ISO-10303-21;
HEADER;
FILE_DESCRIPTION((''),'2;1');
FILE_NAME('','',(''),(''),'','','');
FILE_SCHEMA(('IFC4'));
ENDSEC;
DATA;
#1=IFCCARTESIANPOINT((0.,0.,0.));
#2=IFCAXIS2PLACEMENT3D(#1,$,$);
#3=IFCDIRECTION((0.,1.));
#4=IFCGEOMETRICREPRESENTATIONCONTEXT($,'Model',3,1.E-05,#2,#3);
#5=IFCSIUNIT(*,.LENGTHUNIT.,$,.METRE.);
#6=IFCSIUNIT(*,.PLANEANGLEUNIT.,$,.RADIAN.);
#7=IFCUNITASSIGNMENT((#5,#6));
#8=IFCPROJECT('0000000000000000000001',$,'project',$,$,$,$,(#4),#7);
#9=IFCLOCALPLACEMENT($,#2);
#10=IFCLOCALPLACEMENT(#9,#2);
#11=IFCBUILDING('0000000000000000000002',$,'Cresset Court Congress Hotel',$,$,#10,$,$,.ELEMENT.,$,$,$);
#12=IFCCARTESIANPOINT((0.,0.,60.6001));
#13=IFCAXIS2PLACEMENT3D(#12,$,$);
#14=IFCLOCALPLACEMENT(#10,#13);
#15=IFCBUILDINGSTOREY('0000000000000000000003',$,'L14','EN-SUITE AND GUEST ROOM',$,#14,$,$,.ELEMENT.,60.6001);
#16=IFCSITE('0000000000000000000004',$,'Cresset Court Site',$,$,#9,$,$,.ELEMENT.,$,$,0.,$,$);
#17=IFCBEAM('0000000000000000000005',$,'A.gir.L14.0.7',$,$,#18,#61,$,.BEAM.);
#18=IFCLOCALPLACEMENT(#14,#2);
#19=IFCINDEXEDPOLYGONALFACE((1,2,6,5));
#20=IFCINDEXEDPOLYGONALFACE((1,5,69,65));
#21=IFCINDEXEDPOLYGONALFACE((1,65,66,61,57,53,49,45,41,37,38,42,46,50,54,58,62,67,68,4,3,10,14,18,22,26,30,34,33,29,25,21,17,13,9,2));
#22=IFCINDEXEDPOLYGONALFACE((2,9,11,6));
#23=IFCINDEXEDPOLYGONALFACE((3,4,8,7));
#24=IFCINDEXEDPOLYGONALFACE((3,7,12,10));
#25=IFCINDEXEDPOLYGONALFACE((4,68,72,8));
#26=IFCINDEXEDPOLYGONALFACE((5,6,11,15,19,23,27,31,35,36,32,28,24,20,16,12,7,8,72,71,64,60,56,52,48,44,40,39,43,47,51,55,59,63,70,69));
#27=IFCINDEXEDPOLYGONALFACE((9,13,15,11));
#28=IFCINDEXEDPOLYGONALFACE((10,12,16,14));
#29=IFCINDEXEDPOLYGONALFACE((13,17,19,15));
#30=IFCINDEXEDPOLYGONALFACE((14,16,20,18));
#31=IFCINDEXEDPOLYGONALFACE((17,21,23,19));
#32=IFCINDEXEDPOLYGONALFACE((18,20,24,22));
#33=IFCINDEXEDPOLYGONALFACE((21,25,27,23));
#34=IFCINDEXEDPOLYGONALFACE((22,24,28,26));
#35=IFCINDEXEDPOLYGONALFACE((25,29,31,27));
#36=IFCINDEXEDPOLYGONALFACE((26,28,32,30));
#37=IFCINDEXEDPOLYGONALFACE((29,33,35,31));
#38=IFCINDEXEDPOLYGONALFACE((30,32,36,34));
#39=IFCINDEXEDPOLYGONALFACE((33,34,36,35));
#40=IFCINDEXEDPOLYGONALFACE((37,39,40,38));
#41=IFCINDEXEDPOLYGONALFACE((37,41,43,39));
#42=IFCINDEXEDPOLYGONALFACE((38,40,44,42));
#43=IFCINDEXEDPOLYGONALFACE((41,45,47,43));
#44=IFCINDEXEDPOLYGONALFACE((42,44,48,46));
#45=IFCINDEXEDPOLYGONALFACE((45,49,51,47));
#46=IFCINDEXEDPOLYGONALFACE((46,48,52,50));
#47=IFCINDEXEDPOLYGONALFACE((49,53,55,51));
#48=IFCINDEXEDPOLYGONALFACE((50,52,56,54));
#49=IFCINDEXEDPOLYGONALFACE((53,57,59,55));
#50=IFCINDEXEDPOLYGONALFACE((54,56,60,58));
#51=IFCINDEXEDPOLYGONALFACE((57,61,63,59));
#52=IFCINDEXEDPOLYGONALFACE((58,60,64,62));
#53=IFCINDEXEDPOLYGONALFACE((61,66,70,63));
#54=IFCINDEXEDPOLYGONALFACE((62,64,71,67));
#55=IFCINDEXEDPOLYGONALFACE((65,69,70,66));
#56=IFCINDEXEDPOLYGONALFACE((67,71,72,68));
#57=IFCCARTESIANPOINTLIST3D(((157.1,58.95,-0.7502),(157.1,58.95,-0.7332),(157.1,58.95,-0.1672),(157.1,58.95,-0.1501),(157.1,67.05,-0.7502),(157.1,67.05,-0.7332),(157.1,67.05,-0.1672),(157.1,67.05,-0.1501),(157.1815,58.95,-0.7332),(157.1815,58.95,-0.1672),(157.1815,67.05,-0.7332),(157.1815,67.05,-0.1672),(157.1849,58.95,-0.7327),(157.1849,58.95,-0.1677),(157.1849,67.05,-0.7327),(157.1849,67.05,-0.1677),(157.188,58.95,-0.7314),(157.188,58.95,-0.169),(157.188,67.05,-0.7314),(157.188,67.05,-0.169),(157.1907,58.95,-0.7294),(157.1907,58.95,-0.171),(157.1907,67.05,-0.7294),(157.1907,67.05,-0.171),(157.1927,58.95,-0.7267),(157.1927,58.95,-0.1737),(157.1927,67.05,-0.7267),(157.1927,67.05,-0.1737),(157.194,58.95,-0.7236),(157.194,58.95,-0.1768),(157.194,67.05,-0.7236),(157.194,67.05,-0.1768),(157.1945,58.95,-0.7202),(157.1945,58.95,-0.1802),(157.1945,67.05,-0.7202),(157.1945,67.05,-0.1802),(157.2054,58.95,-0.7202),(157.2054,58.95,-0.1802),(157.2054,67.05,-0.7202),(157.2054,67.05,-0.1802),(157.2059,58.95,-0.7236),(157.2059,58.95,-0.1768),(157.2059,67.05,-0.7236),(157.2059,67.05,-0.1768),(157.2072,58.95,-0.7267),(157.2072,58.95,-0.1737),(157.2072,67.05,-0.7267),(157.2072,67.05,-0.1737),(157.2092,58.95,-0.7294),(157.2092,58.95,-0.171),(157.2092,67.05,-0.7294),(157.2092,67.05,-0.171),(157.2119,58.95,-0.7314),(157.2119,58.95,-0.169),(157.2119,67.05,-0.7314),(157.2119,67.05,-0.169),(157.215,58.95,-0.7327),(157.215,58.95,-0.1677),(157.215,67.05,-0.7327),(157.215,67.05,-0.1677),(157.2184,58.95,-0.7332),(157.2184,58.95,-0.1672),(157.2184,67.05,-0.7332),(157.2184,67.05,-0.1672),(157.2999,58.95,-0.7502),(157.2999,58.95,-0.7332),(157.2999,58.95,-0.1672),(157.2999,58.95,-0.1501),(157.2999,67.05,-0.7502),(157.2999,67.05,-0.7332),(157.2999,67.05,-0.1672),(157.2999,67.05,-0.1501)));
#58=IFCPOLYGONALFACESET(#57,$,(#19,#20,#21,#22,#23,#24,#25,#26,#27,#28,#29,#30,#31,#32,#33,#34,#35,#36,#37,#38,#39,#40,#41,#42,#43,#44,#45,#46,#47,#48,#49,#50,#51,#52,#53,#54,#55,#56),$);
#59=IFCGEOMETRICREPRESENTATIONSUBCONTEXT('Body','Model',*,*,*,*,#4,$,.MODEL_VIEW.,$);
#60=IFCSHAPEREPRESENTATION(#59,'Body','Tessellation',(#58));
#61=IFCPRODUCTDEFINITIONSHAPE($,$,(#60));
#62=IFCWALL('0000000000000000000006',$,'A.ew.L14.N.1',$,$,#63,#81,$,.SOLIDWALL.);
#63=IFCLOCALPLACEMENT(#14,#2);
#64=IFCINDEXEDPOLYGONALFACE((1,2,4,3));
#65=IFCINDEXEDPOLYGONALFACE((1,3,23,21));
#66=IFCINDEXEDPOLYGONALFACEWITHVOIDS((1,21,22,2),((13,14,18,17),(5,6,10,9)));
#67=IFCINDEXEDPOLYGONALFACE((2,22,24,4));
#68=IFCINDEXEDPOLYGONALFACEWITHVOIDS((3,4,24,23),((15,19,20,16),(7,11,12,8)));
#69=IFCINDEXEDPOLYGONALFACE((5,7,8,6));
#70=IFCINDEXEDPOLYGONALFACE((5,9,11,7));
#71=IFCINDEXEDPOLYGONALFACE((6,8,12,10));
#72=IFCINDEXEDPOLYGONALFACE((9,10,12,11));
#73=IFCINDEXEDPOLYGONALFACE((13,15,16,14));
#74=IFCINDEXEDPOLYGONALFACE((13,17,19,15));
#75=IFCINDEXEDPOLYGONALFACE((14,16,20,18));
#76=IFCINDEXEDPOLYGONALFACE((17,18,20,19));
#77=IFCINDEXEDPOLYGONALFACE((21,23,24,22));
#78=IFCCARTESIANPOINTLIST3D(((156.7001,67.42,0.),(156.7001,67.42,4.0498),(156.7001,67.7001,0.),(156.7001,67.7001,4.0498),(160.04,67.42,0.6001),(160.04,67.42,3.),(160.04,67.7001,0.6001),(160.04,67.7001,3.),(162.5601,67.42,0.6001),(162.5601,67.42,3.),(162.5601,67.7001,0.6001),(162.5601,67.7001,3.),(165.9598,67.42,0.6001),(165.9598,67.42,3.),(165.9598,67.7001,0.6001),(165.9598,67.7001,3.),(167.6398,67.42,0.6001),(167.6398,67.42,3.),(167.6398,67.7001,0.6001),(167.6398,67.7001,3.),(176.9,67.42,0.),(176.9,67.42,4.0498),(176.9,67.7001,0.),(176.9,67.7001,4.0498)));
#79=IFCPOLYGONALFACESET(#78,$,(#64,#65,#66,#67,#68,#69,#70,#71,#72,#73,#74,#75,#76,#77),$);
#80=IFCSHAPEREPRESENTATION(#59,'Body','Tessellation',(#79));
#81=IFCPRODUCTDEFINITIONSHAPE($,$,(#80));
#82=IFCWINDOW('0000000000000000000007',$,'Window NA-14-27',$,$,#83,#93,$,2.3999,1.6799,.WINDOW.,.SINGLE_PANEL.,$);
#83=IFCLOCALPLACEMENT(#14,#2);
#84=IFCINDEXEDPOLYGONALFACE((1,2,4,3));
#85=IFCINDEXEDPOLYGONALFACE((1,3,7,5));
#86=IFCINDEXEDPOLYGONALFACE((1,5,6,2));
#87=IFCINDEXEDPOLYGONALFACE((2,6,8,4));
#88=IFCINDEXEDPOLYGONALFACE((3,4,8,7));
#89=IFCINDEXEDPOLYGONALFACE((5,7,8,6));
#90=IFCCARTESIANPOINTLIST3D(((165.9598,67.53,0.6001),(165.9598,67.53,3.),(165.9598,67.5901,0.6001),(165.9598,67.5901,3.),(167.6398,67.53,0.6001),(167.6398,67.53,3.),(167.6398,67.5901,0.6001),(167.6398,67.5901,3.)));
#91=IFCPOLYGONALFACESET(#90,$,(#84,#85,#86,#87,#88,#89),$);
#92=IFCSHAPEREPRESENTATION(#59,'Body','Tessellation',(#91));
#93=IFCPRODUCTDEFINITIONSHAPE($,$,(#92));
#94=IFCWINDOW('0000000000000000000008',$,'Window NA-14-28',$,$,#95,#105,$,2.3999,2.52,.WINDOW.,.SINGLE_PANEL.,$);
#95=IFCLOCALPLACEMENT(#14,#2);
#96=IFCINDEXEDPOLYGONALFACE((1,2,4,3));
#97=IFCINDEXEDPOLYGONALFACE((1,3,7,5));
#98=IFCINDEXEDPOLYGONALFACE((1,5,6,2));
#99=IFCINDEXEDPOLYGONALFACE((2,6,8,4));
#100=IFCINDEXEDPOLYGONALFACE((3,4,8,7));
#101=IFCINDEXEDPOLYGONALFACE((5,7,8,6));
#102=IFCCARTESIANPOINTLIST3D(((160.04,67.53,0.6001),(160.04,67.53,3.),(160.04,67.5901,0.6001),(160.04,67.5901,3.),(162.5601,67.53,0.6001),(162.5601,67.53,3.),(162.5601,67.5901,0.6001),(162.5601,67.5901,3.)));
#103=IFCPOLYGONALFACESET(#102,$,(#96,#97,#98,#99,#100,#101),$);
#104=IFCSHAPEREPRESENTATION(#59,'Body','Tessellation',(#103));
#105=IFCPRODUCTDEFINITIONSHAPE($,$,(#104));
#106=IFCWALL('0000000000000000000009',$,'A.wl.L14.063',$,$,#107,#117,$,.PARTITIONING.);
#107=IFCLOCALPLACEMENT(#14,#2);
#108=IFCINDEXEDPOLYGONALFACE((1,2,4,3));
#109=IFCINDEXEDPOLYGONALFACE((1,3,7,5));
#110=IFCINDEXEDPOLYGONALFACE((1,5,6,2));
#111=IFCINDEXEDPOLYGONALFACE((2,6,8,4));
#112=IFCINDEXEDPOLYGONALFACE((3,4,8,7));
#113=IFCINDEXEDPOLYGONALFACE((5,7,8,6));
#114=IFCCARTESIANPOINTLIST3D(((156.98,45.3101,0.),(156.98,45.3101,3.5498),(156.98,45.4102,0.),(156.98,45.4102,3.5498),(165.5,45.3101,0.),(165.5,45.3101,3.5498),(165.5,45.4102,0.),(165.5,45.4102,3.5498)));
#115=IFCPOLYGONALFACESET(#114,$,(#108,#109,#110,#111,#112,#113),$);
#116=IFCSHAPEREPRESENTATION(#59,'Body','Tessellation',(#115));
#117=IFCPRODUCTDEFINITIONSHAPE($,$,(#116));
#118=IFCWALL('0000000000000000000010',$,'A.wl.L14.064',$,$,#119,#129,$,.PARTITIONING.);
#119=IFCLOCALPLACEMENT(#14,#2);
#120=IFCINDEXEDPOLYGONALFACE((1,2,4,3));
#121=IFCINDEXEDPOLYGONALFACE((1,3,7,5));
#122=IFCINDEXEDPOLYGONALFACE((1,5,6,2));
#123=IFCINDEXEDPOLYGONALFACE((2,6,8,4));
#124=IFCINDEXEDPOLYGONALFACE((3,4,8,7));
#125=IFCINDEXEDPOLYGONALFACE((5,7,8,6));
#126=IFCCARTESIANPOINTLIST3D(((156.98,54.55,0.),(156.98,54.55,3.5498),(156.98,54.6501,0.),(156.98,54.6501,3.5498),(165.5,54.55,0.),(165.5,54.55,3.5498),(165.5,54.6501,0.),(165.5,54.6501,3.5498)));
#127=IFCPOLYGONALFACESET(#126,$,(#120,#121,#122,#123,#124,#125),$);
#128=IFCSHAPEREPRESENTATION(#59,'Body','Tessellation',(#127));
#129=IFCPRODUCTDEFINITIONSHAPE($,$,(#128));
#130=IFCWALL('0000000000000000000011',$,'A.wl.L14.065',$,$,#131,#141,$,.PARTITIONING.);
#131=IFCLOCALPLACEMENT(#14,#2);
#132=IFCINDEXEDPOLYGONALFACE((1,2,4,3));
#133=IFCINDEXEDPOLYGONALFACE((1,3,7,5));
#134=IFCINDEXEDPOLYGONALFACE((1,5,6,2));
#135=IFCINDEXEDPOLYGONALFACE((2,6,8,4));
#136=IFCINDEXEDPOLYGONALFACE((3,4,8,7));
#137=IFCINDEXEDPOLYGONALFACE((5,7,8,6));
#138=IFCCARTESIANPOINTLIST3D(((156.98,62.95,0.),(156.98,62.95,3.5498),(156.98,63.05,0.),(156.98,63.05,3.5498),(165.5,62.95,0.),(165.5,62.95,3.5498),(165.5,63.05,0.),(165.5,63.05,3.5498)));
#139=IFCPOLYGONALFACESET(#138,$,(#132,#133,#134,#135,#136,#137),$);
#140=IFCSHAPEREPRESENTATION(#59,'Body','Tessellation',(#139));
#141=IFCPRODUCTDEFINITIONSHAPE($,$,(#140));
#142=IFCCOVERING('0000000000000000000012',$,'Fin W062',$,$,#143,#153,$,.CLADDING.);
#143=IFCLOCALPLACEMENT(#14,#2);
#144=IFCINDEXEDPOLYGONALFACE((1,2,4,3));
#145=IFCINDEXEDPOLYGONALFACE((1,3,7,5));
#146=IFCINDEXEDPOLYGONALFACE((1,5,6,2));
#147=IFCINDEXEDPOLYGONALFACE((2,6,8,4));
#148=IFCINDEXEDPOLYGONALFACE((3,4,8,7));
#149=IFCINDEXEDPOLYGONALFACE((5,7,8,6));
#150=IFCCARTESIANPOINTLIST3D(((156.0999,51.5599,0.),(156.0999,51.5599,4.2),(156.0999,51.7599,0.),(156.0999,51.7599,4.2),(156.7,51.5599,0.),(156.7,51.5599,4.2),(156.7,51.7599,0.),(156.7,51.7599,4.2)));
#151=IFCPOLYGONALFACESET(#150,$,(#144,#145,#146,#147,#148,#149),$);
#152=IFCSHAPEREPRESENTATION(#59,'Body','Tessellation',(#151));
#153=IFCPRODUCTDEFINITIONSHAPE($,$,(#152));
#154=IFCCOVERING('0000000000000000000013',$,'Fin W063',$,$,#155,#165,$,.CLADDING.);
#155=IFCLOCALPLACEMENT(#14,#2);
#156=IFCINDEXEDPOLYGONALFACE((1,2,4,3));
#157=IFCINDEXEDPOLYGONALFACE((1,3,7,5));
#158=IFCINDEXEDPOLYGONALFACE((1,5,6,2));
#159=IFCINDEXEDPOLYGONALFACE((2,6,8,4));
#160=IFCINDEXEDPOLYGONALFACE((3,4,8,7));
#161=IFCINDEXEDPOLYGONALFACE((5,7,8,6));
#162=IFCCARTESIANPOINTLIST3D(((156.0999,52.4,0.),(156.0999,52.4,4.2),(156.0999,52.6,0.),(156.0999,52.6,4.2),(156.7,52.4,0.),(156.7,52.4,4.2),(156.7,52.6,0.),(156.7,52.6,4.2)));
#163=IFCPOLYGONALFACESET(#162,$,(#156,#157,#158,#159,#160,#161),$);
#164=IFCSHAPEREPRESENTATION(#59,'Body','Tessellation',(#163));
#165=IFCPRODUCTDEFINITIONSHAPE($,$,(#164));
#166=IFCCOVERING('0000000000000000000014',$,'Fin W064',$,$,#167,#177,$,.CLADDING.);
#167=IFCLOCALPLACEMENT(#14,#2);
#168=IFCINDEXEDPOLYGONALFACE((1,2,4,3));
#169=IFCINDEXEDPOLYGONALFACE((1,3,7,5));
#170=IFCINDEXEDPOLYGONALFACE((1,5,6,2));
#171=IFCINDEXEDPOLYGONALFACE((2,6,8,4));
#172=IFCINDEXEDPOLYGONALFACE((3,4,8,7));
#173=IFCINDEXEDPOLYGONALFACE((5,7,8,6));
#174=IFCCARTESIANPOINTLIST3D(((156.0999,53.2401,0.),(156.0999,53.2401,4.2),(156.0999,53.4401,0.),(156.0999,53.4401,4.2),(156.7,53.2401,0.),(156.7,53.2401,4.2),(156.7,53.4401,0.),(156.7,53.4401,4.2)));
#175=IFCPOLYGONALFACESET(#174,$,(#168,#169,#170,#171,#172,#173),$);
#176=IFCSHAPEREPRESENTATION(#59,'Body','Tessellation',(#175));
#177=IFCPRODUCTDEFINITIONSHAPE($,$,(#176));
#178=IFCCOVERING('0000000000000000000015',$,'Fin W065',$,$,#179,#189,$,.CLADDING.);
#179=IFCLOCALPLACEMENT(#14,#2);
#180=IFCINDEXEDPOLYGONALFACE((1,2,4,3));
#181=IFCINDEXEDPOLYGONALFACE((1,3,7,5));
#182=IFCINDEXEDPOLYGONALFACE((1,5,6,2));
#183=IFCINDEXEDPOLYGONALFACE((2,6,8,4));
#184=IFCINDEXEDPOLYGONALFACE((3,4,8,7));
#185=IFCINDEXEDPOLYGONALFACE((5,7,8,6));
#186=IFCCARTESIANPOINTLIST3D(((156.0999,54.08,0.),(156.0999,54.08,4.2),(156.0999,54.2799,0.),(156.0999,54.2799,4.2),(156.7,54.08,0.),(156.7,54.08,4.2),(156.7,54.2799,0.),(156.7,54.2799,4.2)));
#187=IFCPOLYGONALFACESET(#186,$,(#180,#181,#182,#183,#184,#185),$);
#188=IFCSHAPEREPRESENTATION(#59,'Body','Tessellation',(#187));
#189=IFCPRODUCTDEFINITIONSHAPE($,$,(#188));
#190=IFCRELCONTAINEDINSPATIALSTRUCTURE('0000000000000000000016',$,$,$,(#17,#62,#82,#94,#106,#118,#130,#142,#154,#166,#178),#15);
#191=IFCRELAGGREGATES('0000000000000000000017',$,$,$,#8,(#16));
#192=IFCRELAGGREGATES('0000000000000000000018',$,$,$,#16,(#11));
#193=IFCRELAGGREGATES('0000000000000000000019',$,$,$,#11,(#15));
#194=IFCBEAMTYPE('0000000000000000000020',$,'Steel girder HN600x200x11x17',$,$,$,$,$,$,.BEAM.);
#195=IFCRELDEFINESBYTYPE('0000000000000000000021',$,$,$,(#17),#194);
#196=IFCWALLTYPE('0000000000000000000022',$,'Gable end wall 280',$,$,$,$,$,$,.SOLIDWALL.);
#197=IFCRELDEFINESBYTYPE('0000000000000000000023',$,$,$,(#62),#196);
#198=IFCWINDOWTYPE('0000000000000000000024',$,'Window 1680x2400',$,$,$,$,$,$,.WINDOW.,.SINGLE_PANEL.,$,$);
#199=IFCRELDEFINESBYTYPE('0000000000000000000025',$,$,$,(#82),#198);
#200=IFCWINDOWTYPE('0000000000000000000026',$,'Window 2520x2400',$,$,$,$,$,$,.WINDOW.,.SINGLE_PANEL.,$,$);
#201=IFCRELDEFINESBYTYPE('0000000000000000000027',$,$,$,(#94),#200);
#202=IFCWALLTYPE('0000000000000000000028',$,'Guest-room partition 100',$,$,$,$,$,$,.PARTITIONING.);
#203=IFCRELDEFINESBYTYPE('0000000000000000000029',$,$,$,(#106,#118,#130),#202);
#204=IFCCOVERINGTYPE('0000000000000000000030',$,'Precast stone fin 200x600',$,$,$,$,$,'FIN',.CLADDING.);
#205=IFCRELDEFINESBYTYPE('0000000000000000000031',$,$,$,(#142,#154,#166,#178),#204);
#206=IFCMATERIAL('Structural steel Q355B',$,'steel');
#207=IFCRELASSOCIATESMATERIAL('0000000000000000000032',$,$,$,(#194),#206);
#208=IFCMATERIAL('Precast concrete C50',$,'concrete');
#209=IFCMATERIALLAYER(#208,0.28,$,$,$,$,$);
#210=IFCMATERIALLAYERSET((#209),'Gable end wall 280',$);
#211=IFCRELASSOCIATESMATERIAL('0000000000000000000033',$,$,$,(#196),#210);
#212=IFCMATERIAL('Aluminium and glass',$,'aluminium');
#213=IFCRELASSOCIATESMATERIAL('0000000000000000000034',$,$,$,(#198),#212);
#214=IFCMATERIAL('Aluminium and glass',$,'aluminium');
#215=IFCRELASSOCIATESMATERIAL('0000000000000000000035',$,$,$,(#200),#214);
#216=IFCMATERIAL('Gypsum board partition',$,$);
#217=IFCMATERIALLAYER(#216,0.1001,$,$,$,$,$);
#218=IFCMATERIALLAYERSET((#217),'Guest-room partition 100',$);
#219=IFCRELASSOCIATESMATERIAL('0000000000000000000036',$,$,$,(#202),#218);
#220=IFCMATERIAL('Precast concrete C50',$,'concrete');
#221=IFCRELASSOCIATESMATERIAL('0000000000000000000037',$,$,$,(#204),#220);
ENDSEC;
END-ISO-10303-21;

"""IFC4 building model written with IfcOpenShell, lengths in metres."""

from ifc_helpers import new_model, si_unit, direction, frame, frame_2d, origin, origin_2d, place, context, subcontext, project, spatial, rectangle, i_section, extrude, material, layer, layer_set, material_profile, profile_set, type_object, element, fill, save


model = new_model("IFC4")

# Units and contexts
model_context = context("Model", 3, precision=1e-05, world=origin(), true_north=direction((0.0, 1.0)))
body_context = subcontext(model_context, "Body", "Model", "MODEL_VIEW")
ifc_project = project(units=[si_unit("LENGTHUNIT", "METRE"), si_unit("PLANEANGLEUNIT", "RADIAN")], contexts=[model_context])

# Site, building, storey
site_placement = place(None, origin())
site = spatial("IfcSite", under=ifc_project, at=site_placement, Name="Cresset Court Site", CompositionType="ELEMENT", RefElevation=0.0)
building_placement = place(site_placement, origin())
building = spatial("IfcBuilding", under=site, at=building_placement, Name="Cresset Court Congress Hotel", CompositionType="ELEMENT")
storey_placement = place(building_placement, frame((0.0, 0.0, 60.6001)))
storey = spatial("IfcBuildingStorey", under=building, at=storey_placement, Name="L14", Description="EN-SUITE AND GUEST ROOM", CompositionType="ELEMENT", Elevation=60.6001)

# Beam
ifc_material_1 = material(Name="Structural steel Q355B", Category="steel")
ifc_material_profile_1 = material_profile(ifc_material_1, i_section(OverallWidth=0.2, OverallDepth=0.6001, WebThickness=0.011, FlangeThickness=0.0171, FilletRadius=0.0129, at=origin_2d()), Name="HN600x200x11x17")
ifc_profile_set_1 = profile_set([ifc_material_profile_1], Name="Structural steel Q355B")
beam_type_1 = type_object("IfcBeamType", Name="Steel girder HN600x200x11x17", PredefinedType="BEAM", material=ifc_profile_set_1)
beam_1_placement = place(storey_placement, frame((157.2, 58.95, -0.4502), z_axis=(0.0, 1.0, 0.0), x_axis=(-1.0, 0.0, 0.0)))
element("IfcBeam", 1, at=beam_1_placement, inside=storey, type_object=beam_type_1, Name="A.gir.L14.0.7", PredefinedType="BEAM", context=body_context, shape_type="SweptSolid", body=[
    extrude(i_section(OverallWidth=0.2, OverallDepth=0.6001, WebThickness=0.011, FlangeThickness=0.0171, FilletRadius=0.0129, at=origin_2d()), origin(), (0.0, 0.0, 1.0), 8.1001),
])

# Wall, openings, windows
ifc_material_2 = material(Name="Precast concrete C50", Category="concrete")
ifc_layer_1 = layer(ifc_material_2, 0.28)
ifc_layer_set_1 = layer_set([ifc_layer_1], Name="Gable end wall 280")
wall_type_1 = type_object("IfcWallType", Name="Gable end wall 280", PredefinedType="SOLIDWALL", material=ifc_layer_set_1)
wall_placement = place(storey_placement, frame((156.7, 67.5601, 0.0), z_axis=(0.0, 0.0, 1.0), x_axis=(1.0, 0.0, 0.0)))
wall = element("IfcWall", 2, at=wall_placement, inside=storey, type_object=wall_type_1, Name="A.ew.L14.N.1", PredefinedType="SOLIDWALL", context=body_context, shape_type="SweptSolid", body=[
    extrude(rectangle(XDim=20.2, YDim=0.28, at=frame_2d((10.1001, 0.0))), origin(), (0.0, 0.0, 1.0), 4.0498),
])
opening_1_placement = place(wall_placement, frame((9.26, 0.0, 0.6001)))
opening_1 = element("IfcOpeningElement", 3, at=opening_1_placement, cuts=wall, PredefinedType="OPENING", context=body_context, shape_type="SweptSolid", body=[
    extrude(rectangle(XDim=1.6799, YDim=2.3999, at=frame_2d((0.8398, 1.2))), frame((0.0, 0.1499, 0.0), z_axis=(0.0, -1.0, 0.0), x_axis=(1.0, 0.0, 0.0)), (0.0, 0.0, 1.0), 0.3),
])
opening_2_placement = place(wall_placement, frame((3.3401, 0.0, 0.6001)))
opening_2 = element("IfcOpeningElement", 4, at=opening_2_placement, cuts=wall, PredefinedType="OPENING", context=body_context, shape_type="SweptSolid", body=[
    extrude(rectangle(XDim=2.52, YDim=2.3999, at=frame_2d((1.26, 1.2))), frame((0.0, 0.1499, 0.0), z_axis=(0.0, -1.0, 0.0), x_axis=(1.0, 0.0, 0.0)), (0.0, 0.0, 1.0), 0.3),
])
ifc_material_3 = material(Name="Aluminium and glass", Category="aluminium")
window_type_1 = type_object("IfcWindowType", Name="Window 1680x2400", PartitioningType="SINGLE_PANEL", PredefinedType="WINDOW", material=ifc_material_3)
window_1_placement = place(opening_1_placement, origin())
window_1 = element("IfcWindow", 5, at=window_1_placement, inside=storey, type_object=window_type_1, Name="Window NA-14-27", OverallHeight=2.3999, OverallWidth=1.6799, PartitioningType="SINGLE_PANEL", PredefinedType="WINDOW", context=body_context, shape_type="SweptSolid", body=[
    extrude(rectangle(XDim=1.6799, YDim=2.3999, at=frame_2d((0.8398, 1.2))), frame((0.0, 0.03, 0.0), z_axis=(0.0, -1.0, 0.0), x_axis=(1.0, 0.0, 0.0)), (0.0, 0.0, 1.0), 0.0601),
])
fill(opening_1, window_1)
ifc_material_4 = material(Name="Aluminium and glass", Category="aluminium")
window_type_2 = type_object("IfcWindowType", Name="Window 2520x2400", PartitioningType="SINGLE_PANEL", PredefinedType="WINDOW", material=ifc_material_4)
window_2_placement = place(opening_2_placement, origin())
window_2 = element("IfcWindow", 6, at=window_2_placement, inside=storey, type_object=window_type_2, Name="Window NA-14-28", OverallHeight=2.3999, OverallWidth=2.52, PartitioningType="SINGLE_PANEL", PredefinedType="WINDOW", context=body_context, shape_type="SweptSolid", body=[
    extrude(rectangle(XDim=2.52, YDim=2.3999, at=frame_2d((1.26, 1.2))), frame((0.0, 0.03, 0.0), z_axis=(0.0, -1.0, 0.0), x_axis=(1.0, 0.0, 0.0)), (0.0, 0.0, 1.0), 0.0601),
])
fill(opening_2, window_2)

# Walls
ifc_material_5 = material(Name="Gypsum board partition")
ifc_layer_2 = layer(ifc_material_5, 0.1001)
ifc_layer_set_2 = layer_set([ifc_layer_2], Name="Guest-room partition 100")
wall_type_2 = type_object("IfcWallType", Name="Guest-room partition 100", PredefinedType="PARTITIONING", material=ifc_layer_set_2)
for number, where, z_axis, x_axis, name in (
    (7, (156.98, 45.3601, 0.0), (0.0, 0.0, 1.0), (1.0, 0.0, 0.0), "A.wl.L14.063"),
    (8, (156.98, 54.6001, 0.0), (0.0, 0.0, 1.0), (1.0, 0.0, 0.0), "A.wl.L14.064"),
    (9, (156.98, 63.0, 0.0), (0.0, 0.0, 1.0), (1.0, 0.0, 0.0), "A.wl.L14.065"),
):
    element("IfcWall", number, at=place(storey_placement, frame(where, z_axis=z_axis, x_axis=x_axis)), inside=storey, type_object=wall_type_2, Name=name, PredefinedType="PARTITIONING", context=body_context, shape_type="SweptSolid", body=[
        extrude(rectangle(XDim=8.52, YDim=0.1001, at=frame_2d((4.26, 0.0))), origin(), (0.0, 0.0, 1.0), 3.5498),
    ])

# Coverings
ifc_material_6 = material(Name="Precast concrete C50", Category="concrete")
covering_type = type_object("IfcCoveringType", Name="Precast stone fin 200x600", ElementType="FIN", PredefinedType="CLADDING", material=ifc_material_6)
for number, where, z_axis, x_axis, name in (
    (10, (156.3999, 51.6599, 0.0), (0.0, 0.0, 1.0), (1.0, 0.0, 0.0), "Fin W062"),
    (11, (156.3999, 52.5, 0.0), (0.0, 0.0, 1.0), (1.0, 0.0, 0.0), "Fin W063"),
    (12, (156.3999, 53.3401, 0.0), (0.0, 0.0, 1.0), (1.0, 0.0, 0.0), "Fin W064"),
    (13, (156.3999, 54.1799, 0.0), (0.0, 0.0, 1.0), (1.0, 0.0, 0.0), "Fin W065"),
):
    element("IfcCovering", number, at=place(storey_placement, frame(where, z_axis=z_axis, x_axis=x_axis)), inside=storey, type_object=covering_type, Name=name, PredefinedType="CLADDING", context=body_context, shape_type="SweptSolid", body=[
        extrude(rectangle(XDim=0.6001, YDim=0.2, at=origin_2d()), origin(), (0.0, 0.0, 1.0), 4.2),
    ])

save(model, "model.ifc")
